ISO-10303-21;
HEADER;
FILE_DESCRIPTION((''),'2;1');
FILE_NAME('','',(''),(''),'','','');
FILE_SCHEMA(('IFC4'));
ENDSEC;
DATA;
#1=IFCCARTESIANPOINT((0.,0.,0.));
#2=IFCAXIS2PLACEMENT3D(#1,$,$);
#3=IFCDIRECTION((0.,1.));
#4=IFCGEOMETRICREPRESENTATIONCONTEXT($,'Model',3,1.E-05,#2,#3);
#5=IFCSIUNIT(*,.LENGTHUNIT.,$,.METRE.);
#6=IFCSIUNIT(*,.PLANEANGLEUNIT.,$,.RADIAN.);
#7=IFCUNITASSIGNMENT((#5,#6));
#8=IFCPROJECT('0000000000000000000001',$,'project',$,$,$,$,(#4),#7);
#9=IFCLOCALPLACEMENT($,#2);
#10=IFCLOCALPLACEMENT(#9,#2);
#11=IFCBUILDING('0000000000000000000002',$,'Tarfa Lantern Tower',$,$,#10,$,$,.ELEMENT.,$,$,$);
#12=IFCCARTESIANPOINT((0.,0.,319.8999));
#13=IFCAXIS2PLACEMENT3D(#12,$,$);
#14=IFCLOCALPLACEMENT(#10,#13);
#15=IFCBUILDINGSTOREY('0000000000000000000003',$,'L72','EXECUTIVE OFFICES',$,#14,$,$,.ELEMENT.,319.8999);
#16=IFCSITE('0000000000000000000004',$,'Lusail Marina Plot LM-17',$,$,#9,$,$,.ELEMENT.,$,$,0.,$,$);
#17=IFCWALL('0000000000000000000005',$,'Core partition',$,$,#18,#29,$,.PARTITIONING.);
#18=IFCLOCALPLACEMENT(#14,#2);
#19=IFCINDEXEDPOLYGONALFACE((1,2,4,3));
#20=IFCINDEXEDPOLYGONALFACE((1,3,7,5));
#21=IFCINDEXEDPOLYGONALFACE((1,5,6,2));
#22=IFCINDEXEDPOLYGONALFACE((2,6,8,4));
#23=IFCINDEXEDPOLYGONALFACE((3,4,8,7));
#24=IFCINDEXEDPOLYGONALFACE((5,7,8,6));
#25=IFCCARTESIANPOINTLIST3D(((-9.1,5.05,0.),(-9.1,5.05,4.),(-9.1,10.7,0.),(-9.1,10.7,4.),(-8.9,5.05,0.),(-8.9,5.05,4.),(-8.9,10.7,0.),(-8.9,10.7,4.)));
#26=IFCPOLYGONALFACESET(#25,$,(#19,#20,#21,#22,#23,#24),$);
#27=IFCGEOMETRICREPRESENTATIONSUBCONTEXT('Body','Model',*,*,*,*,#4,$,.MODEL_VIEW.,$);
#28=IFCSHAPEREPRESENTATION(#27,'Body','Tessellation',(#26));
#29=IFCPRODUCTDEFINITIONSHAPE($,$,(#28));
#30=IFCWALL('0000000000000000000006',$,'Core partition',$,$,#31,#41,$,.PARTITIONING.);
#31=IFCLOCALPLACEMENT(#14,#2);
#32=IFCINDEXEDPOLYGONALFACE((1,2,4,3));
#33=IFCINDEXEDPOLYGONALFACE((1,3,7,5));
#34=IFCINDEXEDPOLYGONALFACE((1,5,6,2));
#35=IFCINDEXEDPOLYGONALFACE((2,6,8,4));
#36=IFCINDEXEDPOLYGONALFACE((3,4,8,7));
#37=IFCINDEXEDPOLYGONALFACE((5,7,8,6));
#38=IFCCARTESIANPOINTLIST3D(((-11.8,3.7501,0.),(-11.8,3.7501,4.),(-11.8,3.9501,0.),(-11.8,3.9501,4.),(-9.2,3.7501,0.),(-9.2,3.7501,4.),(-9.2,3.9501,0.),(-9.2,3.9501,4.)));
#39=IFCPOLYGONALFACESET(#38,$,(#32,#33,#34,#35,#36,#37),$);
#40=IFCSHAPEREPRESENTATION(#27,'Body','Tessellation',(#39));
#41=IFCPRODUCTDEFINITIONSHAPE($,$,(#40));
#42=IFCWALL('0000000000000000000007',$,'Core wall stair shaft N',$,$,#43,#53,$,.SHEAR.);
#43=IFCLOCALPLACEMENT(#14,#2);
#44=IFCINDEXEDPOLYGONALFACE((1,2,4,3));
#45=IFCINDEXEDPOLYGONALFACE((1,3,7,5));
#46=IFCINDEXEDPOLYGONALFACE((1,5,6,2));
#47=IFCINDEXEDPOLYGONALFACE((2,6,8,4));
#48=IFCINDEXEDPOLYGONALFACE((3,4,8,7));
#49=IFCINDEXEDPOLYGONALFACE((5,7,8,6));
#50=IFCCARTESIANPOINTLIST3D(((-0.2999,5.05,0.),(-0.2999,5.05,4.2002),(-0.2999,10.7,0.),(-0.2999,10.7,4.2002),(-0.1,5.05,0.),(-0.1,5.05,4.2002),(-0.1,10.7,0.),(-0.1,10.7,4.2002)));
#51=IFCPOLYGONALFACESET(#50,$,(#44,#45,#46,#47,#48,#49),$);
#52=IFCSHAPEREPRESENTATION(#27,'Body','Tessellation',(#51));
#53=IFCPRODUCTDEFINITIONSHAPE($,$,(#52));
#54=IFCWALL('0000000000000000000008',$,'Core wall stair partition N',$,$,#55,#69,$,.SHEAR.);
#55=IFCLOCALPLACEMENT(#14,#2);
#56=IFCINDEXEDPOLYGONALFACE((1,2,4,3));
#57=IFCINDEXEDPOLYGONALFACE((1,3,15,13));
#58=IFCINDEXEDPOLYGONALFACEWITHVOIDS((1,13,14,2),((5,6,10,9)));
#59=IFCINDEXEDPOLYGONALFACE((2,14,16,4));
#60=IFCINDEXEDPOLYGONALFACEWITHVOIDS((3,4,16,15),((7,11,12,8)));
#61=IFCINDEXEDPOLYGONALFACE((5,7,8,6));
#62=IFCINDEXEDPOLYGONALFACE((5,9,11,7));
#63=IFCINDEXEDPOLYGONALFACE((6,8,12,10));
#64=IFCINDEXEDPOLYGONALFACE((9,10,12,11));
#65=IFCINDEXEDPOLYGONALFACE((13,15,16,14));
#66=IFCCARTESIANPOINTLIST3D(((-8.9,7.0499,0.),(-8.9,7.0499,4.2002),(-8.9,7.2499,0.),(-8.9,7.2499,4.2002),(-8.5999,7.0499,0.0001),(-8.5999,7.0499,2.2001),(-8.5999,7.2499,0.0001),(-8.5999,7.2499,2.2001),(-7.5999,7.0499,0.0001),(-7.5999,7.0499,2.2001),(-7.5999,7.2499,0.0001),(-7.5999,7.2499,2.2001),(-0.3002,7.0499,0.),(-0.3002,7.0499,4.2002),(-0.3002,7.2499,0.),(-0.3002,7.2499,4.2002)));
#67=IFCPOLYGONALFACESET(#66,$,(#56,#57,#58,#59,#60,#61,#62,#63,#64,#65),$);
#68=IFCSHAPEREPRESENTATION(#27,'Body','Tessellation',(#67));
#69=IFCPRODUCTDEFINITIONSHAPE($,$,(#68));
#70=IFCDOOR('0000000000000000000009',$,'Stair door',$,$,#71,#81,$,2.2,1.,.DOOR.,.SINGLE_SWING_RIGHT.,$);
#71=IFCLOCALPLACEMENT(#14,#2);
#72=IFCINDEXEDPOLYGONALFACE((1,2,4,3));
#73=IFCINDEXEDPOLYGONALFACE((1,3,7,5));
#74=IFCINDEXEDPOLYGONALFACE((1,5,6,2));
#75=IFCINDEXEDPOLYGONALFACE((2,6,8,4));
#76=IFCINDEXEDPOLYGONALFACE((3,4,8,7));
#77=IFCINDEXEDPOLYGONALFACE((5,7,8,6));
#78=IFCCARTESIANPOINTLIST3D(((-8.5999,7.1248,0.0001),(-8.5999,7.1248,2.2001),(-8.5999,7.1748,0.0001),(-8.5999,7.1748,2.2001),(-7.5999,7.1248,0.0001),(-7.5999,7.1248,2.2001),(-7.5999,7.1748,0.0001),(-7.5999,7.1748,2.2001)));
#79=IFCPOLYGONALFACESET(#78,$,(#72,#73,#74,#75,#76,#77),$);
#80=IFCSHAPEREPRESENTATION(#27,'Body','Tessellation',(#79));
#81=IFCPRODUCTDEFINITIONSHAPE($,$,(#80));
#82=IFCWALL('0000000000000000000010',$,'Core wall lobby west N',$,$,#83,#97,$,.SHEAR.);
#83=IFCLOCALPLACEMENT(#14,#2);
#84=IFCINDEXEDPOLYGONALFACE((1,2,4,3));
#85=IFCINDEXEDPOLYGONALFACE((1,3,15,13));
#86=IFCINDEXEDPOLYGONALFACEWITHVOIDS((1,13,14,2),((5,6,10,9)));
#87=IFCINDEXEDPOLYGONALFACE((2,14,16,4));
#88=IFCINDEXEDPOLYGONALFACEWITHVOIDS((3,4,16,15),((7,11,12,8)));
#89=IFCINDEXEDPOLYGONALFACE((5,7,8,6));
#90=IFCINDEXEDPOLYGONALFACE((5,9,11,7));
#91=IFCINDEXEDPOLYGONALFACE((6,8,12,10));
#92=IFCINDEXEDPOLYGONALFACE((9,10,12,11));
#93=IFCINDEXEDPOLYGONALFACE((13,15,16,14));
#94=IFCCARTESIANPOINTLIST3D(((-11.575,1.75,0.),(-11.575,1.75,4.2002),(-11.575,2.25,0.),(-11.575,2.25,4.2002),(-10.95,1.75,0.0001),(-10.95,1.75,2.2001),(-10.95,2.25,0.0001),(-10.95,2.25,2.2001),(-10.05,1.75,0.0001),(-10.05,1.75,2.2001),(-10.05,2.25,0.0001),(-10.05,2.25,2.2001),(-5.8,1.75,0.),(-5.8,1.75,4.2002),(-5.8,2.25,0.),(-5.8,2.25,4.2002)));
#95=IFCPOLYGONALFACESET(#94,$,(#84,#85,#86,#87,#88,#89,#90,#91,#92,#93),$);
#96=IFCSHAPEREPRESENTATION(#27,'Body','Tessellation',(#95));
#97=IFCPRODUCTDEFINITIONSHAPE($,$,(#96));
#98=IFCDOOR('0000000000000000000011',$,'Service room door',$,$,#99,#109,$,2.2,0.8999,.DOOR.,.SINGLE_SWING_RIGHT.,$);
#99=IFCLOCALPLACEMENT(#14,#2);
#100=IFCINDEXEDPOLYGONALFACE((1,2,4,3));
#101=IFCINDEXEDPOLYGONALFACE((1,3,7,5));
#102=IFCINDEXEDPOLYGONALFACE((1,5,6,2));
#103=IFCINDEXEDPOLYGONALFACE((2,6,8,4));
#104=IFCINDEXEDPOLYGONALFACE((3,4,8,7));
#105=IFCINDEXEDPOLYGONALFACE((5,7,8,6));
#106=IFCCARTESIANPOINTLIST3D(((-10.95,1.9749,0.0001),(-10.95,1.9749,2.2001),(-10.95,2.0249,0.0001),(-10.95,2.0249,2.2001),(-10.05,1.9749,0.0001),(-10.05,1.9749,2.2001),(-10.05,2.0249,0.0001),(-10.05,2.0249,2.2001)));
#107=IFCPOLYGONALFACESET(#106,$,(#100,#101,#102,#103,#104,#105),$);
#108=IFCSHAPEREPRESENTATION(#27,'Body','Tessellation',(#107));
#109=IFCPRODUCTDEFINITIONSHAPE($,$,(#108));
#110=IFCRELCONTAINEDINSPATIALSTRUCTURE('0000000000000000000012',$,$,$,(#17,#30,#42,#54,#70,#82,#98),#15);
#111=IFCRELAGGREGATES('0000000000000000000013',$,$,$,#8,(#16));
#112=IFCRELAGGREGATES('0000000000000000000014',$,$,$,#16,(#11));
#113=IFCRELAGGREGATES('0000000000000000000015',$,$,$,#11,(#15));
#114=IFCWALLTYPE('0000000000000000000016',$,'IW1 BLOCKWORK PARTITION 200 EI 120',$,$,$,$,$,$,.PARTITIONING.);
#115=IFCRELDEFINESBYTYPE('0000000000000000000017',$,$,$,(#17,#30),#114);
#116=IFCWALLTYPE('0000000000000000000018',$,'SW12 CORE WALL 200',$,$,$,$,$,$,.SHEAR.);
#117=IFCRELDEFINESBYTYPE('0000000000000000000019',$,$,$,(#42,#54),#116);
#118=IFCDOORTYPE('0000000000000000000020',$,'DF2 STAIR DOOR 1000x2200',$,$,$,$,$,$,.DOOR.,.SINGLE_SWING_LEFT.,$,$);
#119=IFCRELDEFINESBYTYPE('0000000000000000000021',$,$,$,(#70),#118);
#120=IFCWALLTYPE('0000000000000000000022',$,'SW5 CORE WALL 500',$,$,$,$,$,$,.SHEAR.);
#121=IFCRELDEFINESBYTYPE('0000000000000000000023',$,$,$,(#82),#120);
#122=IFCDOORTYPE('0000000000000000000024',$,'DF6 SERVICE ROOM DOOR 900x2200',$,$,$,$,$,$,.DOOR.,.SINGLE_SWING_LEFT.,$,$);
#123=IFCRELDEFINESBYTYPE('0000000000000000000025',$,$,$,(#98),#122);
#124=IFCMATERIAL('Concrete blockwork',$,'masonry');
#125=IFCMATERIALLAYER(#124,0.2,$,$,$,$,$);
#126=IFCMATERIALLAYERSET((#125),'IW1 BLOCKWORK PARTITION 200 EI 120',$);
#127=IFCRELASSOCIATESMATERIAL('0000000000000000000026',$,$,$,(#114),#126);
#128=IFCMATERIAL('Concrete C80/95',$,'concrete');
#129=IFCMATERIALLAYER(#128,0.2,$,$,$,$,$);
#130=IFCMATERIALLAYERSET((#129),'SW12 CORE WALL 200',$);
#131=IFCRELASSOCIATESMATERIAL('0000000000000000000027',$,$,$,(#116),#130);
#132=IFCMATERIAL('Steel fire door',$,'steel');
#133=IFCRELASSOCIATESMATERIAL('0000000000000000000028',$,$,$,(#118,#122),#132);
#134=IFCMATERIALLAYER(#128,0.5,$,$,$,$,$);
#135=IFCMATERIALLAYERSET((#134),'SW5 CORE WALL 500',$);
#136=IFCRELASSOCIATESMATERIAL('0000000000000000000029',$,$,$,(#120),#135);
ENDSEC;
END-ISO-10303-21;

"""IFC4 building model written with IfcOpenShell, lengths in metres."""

from ifc_helpers import new_model, si_unit, direction, frame, frame_2d, origin, place, context, subcontext, project, spatial, rectangle, extrude, material, layer, layer_set, type_object, element, fill, save


model = new_model("IFC4")

# Units and contexts
model_context = context("Model", 3, precision=1e-05, world=origin(), true_north=direction((0.0, 1.0)))
body_context = subcontext(model_context, "Body", "Model", "MODEL_VIEW")
ifc_project = project(units=[si_unit("LENGTHUNIT", "METRE"), si_unit("PLANEANGLEUNIT", "RADIAN")], contexts=[model_context])

# Site, building, storey
site_placement = place(None, origin())
site = spatial("IfcSite", under=ifc_project, at=site_placement, Name="Lusail Marina Plot LM-17", CompositionType="ELEMENT", RefElevation=0.0)
building_placement = place(site_placement, origin())
building = spatial("IfcBuilding", under=site, at=building_placement, Name="Tarfa Lantern Tower", CompositionType="ELEMENT")
storey_placement = place(building_placement, frame((0.0, 0.0, 319.8999)))
storey = spatial("IfcBuildingStorey", under=building, at=storey_placement, Name="L72", Description="EXECUTIVE OFFICES", CompositionType="ELEMENT", Elevation=319.8999)

# Walls
ifc_material_1 = material(Name="Concrete blockwork", Category="masonry")
ifc_layer_1 = layer(ifc_material_1, 0.2)
ifc_layer_set_1 = layer_set([ifc_layer_1], Name="IW1 BLOCKWORK PARTITION 200 EI 120")
wall_type_1 = type_object("IfcWallType", Name="IW1 BLOCKWORK PARTITION 200 EI 120", PredefinedType="PARTITIONING", material=ifc_layer_set_1)
wall_1_placement = place(storey_placement, frame((-9.0, 5.05, 0.0), z_axis=(0.0, 0.0, 1.0), x_axis=(0.0, 1.0, 0.0)))
element("IfcWall", 1, at=wall_1_placement, inside=storey, type_object=wall_type_1, Name="Core partition", PredefinedType="PARTITIONING", context=body_context, shape_type="SweptSolid", body=[
    extrude(rectangle(XDim=5.6499, YDim=0.2, at=frame_2d((2.825, 0.0))), origin(), (0.0, 0.0, 1.0), 4.0),
])
wall_2_placement = place(storey_placement, frame((-11.8, 3.8501, 0.0), z_axis=(0.0, 0.0, 1.0), x_axis=(1.0, 0.0, 0.0)))
element("IfcWall", 2, at=wall_2_placement, inside=storey, type_object=wall_type_1, Name="Core partition", PredefinedType="PARTITIONING", context=body_context, shape_type="SweptSolid", body=[
    extrude(rectangle(XDim=2.6001, YDim=0.2, at=frame_2d((1.3, 0.0))), origin(), (0.0, 0.0, 1.0), 4.0),
])
ifc_material_2 = material(Name="Concrete C80/95", Category="concrete")
ifc_layer_2 = layer(ifc_material_2, 0.2)
ifc_layer_set_2 = layer_set([ifc_layer_2], Name="SW12 CORE WALL 200")
wall_type_2 = type_object("IfcWallType", Name="SW12 CORE WALL 200", PredefinedType="SHEAR", material=ifc_layer_set_2)
wall_3_placement = place(storey_placement, frame((-0.2, 5.05, 0.0), z_axis=(0.0, 0.0, 1.0), x_axis=(0.0, 1.0, 0.0)))
element("IfcWall", 3, at=wall_3_placement, inside=storey, type_object=wall_type_2, Name="Core wall stair shaft N", PredefinedType="SHEAR", context=body_context, shape_type="SweptSolid", body=[
    extrude(rectangle(XDim=5.6499, YDim=0.2, at=frame_2d((2.825, 0.0))), origin(), (0.0, 0.0, 1.0), 4.2002),
])

# Walls, openings, doors
wall_4_placement = place(storey_placement, frame((-8.8999, 7.1499, 0.0), z_axis=(0.0, 0.0, 1.0), x_axis=(1.0, 0.0, 0.0)))
wall_4 = element("IfcWall", 4, at=wall_4_placement, inside=storey, type_object=wall_type_2, Name="Core wall stair partition N", PredefinedType="SHEAR", context=body_context, shape_type="SweptSolid", body=[
    extrude(rectangle(XDim=8.5999, YDim=0.2, at=frame_2d((4.2998, 0.0))), origin(), (0.0, 0.0, 1.0), 4.2002),
])
opening_1_placement = place(wall_4_placement, frame((0.3, 0.0, 0.0)))
opening_1 = element("IfcOpeningElement", 5, at=opening_1_placement, cuts=wall_4, PredefinedType="OPENING", context=body_context, shape_type="SweptSolid", body=[
    extrude(rectangle(XDim=1.0, YDim=2.2, at=frame_2d((0.5, 1.1001))), frame((0.0, 0.1099, 0.0), z_axis=(0.0, -1.0, 0.0), x_axis=(1.0, 0.0, 0.0)), (0.0, 0.0, 1.0), 0.22),
])
ifc_material_3 = material(Name="Steel fire door", Category="steel")
door_type_1 = type_object("IfcDoorType", Name="DF2 STAIR DOOR 1000x2200", OperationType="SINGLE_SWING_LEFT", PredefinedType="DOOR", material=ifc_material_3)
door_1_placement = place(opening_1_placement, origin())
door_1 = element("IfcDoor", 6, at=door_1_placement, inside=storey, type_object=door_type_1, Name="Stair door", OperationType="SINGLE_SWING_RIGHT", OverallHeight=2.2, OverallWidth=1.0, PredefinedType="DOOR", context=body_context, shape_type="SweptSolid", body=[
    extrude(rectangle(XDim=1.0, YDim=2.2, at=frame_2d((0.5, 1.1001))), frame((0.0, 0.0249, 0.0), z_axis=(0.0, -1.0, 0.0), x_axis=(1.0, 0.0, 0.0)), (0.0, 0.0, 1.0), 0.05),
])
fill(opening_1, door_1)
ifc_layer_3 = layer(ifc_material_2, 0.5)
ifc_layer_set_3 = layer_set([ifc_layer_3], Name="SW5 CORE WALL 500")
wall_type_3 = type_object("IfcWallType", Name="SW5 CORE WALL 500", PredefinedType="SHEAR", material=ifc_layer_set_3)
wall_5_placement = place(storey_placement, frame((-11.575, 2.0, 0.0), z_axis=(0.0, 0.0, 1.0), x_axis=(1.0, 0.0, 0.0)))
wall_5 = element("IfcWall", 7, at=wall_5_placement, inside=storey, type_object=wall_type_3, Name="Core wall lobby west N", PredefinedType="SHEAR", context=body_context, shape_type="SweptSolid", body=[
    extrude(rectangle(XDim=5.7749, YDim=0.5, at=frame_2d((2.8875, 0.0))), origin(), (0.0, 0.0, 1.0), 4.2002),
])
opening_2_placement = place(wall_5_placement, frame((0.625, 0.0, 0.0)))
opening_2 = element("IfcOpeningElement", 8, at=opening_2_placement, cuts=wall_5, PredefinedType="OPENING", context=body_context, shape_type="SweptSolid", body=[
    extrude(rectangle(XDim=0.8999, YDim=2.2, at=frame_2d((0.45, 1.1001))), frame((0.0, 0.26, 0.0), z_axis=(0.0, -1.0, 0.0), x_axis=(1.0, 0.0, 0.0)), (0.0, 0.0, 1.0), 0.52),
])
door_type_2 = type_object("IfcDoorType", Name="DF6 SERVICE ROOM DOOR 900x2200", OperationType="SINGLE_SWING_LEFT", PredefinedType="DOOR", material=ifc_material_3)
door_2_placement = place(opening_2_placement, origin())
door_2 = element("IfcDoor", 9, at=door_2_placement, inside=storey, type_object=door_type_2, Name="Service room door", OperationType="SINGLE_SWING_RIGHT", OverallHeight=2.2, OverallWidth=0.8999, PredefinedType="DOOR", context=body_context, shape_type="SweptSolid", body=[
    extrude(rectangle(XDim=0.8999, YDim=2.2, at=frame_2d((0.45, 1.1001))), frame((0.0, 0.0249, 0.0), z_axis=(0.0, -1.0, 0.0), x_axis=(1.0, 0.0, 0.0)), (0.0, 0.0, 1.0), 0.05),
])
fill(opening_2, door_2)

save(model, "model.ifc")
